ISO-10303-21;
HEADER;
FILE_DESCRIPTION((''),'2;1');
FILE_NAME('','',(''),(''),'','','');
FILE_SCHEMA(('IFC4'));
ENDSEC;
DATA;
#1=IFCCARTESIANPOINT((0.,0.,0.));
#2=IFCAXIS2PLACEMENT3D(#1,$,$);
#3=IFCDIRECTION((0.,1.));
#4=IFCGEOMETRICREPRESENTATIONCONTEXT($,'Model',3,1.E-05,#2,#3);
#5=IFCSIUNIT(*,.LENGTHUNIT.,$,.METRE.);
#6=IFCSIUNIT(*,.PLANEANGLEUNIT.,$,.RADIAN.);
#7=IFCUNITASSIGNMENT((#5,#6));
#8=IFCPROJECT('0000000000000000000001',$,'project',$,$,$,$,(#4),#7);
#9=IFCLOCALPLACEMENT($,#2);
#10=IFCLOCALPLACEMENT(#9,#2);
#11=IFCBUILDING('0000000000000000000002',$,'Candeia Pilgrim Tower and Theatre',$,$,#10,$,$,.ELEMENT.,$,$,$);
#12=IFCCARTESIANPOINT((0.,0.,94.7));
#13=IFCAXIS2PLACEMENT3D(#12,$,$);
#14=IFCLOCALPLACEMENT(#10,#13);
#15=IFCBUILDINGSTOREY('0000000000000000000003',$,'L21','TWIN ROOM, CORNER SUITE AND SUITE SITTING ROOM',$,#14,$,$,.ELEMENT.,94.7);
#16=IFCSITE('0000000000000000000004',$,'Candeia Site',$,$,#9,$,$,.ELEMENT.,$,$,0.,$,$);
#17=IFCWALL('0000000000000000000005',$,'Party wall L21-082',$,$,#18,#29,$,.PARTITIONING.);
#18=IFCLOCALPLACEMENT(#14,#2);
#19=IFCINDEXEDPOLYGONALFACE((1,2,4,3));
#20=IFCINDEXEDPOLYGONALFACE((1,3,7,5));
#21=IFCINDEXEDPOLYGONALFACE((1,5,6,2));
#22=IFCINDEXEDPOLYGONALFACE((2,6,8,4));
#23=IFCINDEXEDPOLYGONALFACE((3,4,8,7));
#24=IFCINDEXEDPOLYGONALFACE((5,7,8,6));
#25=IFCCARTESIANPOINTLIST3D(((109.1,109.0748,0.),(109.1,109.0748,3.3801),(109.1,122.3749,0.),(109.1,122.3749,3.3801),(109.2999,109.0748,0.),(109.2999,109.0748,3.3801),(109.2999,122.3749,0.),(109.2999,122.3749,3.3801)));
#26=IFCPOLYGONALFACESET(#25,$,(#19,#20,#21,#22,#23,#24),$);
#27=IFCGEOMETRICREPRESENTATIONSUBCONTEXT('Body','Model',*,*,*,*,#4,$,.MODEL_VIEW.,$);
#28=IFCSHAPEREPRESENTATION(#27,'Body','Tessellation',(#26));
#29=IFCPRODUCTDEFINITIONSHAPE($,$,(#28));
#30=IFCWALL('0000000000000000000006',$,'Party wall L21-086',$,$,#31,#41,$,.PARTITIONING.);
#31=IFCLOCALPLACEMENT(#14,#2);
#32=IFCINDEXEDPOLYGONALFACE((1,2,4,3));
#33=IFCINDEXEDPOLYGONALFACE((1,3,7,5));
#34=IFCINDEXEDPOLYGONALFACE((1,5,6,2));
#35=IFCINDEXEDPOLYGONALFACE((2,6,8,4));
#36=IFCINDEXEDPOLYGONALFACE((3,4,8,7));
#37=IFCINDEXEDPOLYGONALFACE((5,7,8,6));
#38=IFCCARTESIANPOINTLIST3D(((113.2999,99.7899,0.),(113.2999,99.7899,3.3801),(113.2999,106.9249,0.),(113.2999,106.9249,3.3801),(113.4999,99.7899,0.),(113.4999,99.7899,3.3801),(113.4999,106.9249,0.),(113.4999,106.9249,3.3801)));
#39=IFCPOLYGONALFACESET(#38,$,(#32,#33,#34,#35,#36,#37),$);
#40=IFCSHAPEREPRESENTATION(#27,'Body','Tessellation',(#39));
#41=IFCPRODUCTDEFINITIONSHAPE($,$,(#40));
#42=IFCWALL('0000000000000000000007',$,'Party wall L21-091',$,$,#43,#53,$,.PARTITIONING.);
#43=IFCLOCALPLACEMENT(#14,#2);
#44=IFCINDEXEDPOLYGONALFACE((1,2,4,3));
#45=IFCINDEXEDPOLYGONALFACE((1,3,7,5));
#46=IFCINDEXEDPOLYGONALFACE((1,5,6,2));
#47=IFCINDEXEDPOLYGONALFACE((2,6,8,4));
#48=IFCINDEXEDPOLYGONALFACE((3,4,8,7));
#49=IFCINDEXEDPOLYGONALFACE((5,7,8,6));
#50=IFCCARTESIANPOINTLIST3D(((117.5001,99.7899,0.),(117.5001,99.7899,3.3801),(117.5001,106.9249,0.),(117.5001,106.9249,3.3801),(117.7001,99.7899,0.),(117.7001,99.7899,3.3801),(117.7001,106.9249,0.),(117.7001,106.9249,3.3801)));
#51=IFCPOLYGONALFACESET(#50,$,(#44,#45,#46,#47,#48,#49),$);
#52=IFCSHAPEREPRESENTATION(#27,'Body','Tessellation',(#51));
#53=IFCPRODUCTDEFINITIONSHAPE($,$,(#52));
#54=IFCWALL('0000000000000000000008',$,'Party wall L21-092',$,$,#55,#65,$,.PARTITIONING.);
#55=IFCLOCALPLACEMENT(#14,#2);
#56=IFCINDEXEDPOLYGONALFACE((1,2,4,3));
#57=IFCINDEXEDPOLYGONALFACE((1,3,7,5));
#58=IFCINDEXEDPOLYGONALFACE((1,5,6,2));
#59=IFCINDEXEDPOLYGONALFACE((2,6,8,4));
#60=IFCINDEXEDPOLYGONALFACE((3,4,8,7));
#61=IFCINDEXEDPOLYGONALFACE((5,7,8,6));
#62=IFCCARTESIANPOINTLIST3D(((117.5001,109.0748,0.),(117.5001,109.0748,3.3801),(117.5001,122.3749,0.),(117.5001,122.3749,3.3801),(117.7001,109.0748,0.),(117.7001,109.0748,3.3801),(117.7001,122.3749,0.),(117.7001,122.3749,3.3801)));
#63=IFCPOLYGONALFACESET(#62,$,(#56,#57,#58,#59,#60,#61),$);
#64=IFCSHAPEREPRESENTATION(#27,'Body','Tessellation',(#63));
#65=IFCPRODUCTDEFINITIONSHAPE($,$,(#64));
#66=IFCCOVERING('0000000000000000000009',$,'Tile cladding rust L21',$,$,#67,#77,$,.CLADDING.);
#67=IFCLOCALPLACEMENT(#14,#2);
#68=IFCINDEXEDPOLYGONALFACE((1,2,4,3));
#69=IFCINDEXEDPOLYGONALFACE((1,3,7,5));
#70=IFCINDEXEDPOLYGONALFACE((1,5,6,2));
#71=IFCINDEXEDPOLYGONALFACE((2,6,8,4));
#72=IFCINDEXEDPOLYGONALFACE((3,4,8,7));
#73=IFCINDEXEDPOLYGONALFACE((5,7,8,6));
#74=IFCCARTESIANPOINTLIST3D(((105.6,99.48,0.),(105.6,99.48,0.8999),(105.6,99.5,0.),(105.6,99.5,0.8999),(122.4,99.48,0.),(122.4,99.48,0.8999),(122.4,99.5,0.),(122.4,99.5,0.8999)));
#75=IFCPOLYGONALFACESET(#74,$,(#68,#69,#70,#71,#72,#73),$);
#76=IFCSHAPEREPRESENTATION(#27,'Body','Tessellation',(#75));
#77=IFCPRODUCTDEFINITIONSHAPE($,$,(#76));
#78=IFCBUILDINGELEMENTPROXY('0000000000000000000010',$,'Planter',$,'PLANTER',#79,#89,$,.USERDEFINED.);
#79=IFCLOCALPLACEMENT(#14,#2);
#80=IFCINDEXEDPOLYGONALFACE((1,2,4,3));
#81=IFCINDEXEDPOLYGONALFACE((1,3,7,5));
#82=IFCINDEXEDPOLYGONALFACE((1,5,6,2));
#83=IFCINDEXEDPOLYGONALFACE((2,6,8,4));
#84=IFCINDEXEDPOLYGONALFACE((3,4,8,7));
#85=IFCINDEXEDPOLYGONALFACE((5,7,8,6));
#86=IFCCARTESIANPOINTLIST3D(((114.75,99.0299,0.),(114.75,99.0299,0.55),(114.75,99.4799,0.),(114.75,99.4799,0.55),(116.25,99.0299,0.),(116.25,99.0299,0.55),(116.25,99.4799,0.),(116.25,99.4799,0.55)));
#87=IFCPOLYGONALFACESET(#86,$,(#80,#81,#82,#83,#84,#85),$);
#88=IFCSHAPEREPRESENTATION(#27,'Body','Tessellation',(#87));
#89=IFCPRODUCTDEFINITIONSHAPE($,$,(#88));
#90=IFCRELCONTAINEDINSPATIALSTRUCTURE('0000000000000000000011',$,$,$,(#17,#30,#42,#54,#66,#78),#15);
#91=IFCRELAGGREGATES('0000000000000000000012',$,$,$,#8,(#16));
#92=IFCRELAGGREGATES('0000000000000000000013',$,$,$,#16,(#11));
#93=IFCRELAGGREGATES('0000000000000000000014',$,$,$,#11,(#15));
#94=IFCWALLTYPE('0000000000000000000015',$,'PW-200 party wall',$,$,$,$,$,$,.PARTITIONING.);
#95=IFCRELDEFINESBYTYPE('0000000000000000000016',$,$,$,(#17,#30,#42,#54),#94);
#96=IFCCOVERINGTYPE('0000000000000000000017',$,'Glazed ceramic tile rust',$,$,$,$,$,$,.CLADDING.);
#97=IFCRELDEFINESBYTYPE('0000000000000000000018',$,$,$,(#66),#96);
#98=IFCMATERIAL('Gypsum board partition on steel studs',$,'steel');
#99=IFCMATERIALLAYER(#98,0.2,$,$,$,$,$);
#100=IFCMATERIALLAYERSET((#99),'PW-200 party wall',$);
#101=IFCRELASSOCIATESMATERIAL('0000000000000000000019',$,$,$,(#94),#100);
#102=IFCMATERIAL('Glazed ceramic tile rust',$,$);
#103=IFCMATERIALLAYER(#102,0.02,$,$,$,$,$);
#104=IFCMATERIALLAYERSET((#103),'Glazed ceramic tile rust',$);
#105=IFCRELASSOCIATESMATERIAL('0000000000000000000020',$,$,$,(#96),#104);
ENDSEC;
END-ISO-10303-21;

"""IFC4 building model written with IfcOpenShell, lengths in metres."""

from ifc_helpers import new_model, si_unit, direction, frame, frame_2d, origin, origin_2d, place, context, subcontext, project, spatial, rectangle, extrude, material, layer, layer_set, type_object, element, save


model = new_model("IFC4")

# Units and contexts
model_context = context("Model", 3, precision=1e-05, world=origin(), true_north=direction((0.0, 1.0)))
body_context = subcontext(model_context, "Body", "Model", "MODEL_VIEW")
ifc_project = project(units=[si_unit("LENGTHUNIT", "METRE"), si_unit("PLANEANGLEUNIT", "RADIAN")], contexts=[model_context])

# Site, building, storey
site_placement = place(None, origin())
site = spatial("IfcSite", under=ifc_project, at=site_placement, Name="Candeia Site", CompositionType="ELEMENT", RefElevation=0.0)
building_placement = place(site_placement, origin())
building = spatial("IfcBuilding", under=site, at=building_placement, Name="Candeia Pilgrim Tower and Theatre", CompositionType="ELEMENT")
storey_placement = place(building_placement, frame((0.0, 0.0, 94.7)))
storey = spatial("IfcBuildingStorey", under=building, at=storey_placement, Name="L21", Description="TWIN ROOM, CORNER SUITE AND SUITE SITTING ROOM", CompositionType="ELEMENT", Elevation=94.7)

# Shared definitions
ifc_material_1 = material(Name="Gypsum board partition on steel studs", Category="steel")

# Walls
ifc_layer_1 = layer(ifc_material_1, 0.2)
ifc_layer_set_1 = layer_set([ifc_layer_1], Name="PW-200 party wall")
wall_type_1 = type_object("IfcWallType", Name="PW-200 party wall", PredefinedType="PARTITIONING", material=ifc_layer_set_1)
wall_1_placement = place(storey_placement, frame((109.2, 109.075, 0.0), z_axis=(0.0, 0.0, 1.0), x_axis=(0.0, 1.0, 0.0)))
element("IfcWall", 1, at=wall_1_placement, inside=storey, type_object=wall_type_1, Name="Party wall L21-082", PredefinedType="PARTITIONING", context=body_context, shape_type="SweptSolid", body=[
    extrude(rectangle(XDim=13.3, YDim=0.2, at=frame_2d((6.6499, 0.0))), origin(), (0.0, 0.0, 1.0), 3.3801),
])
for number, where, z_axis, x_axis, name in (
    (2, (113.3999, 99.79, 0.0), (0.0, 0.0, 1.0), (0.0, 1.0, 0.0), "Party wall L21-086"),
    (3, (117.6001, 99.79, 0.0), (0.0, 0.0, 1.0), (0.0, 1.0, 0.0), "Party wall L21-091"),
):
    element("IfcWall", number, at=place(storey_placement, frame(where, z_axis=z_axis, x_axis=x_axis)), inside=storey, type_object=wall_type_1, Name=name, PredefinedType="PARTITIONING", context=body_context, shape_type="SweptSolid", body=[
        extrude(rectangle(XDim=7.135, YDim=0.2, at=frame_2d((3.5674, 0.0))), origin(), (0.0, 0.0, 1.0), 3.3801),
    ])
wall_2_placement = place(storey_placement, frame((117.6001, 109.075, 0.0), z_axis=(0.0, 0.0, 1.0), x_axis=(0.0, 1.0, 0.0)))
element("IfcWall", 4, at=wall_2_placement, inside=storey, type_object=wall_type_1, Name="Party wall L21-092", PredefinedType="PARTITIONING", context=body_context, shape_type="SweptSolid", body=[
    extrude(rectangle(XDim=13.3, YDim=0.2, at=frame_2d((6.6499, 0.0))), origin(), (0.0, 0.0, 1.0), 3.3801),
])

# Covering
ifc_material_2 = material(Name="Glazed ceramic tile rust")
ifc_layer_2 = layer(ifc_material_2, 0.02)
ifc_layer_set_2 = layer_set([ifc_layer_2], Name="Glazed ceramic tile rust")
covering_type = type_object("IfcCoveringType", Name="Glazed ceramic tile rust", PredefinedType="CLADDING", material=ifc_layer_set_2)
covering_placement = place(storey_placement, frame((114.0, 99.49, 0.0), z_axis=(0.0, 0.0, 1.0), x_axis=(1.0, 0.0, 0.0)))
element("IfcCovering", 5, at=covering_placement, inside=storey, type_object=covering_type, Name="Tile cladding rust L21", PredefinedType="CLADDING", context=body_context, shape_type="SweptSolid", body=[
    extrude(rectangle(XDim=16.8, YDim=0.02, at=origin_2d()), origin(), (0.0, 0.0, 1.0), 0.8999),
])

# Building element proxy
proxy_placement = place(storey_placement, frame((115.5, 99.2549, 0.0), z_axis=(0.0, 0.0, 1.0), x_axis=(1.0, 0.0, 0.0)))
element("IfcBuildingElementProxy", 6, at=proxy_placement, inside=storey, Name="Planter", ObjectType="PLANTER", PredefinedType="USERDEFINED", context=body_context, shape_type="SweptSolid", body=[
    extrude(rectangle(XDim=1.5, YDim=0.45, at=origin_2d()), origin(), (0.0, 0.0, 1.0), 0.55),
])

save(model, "model.ifc")
